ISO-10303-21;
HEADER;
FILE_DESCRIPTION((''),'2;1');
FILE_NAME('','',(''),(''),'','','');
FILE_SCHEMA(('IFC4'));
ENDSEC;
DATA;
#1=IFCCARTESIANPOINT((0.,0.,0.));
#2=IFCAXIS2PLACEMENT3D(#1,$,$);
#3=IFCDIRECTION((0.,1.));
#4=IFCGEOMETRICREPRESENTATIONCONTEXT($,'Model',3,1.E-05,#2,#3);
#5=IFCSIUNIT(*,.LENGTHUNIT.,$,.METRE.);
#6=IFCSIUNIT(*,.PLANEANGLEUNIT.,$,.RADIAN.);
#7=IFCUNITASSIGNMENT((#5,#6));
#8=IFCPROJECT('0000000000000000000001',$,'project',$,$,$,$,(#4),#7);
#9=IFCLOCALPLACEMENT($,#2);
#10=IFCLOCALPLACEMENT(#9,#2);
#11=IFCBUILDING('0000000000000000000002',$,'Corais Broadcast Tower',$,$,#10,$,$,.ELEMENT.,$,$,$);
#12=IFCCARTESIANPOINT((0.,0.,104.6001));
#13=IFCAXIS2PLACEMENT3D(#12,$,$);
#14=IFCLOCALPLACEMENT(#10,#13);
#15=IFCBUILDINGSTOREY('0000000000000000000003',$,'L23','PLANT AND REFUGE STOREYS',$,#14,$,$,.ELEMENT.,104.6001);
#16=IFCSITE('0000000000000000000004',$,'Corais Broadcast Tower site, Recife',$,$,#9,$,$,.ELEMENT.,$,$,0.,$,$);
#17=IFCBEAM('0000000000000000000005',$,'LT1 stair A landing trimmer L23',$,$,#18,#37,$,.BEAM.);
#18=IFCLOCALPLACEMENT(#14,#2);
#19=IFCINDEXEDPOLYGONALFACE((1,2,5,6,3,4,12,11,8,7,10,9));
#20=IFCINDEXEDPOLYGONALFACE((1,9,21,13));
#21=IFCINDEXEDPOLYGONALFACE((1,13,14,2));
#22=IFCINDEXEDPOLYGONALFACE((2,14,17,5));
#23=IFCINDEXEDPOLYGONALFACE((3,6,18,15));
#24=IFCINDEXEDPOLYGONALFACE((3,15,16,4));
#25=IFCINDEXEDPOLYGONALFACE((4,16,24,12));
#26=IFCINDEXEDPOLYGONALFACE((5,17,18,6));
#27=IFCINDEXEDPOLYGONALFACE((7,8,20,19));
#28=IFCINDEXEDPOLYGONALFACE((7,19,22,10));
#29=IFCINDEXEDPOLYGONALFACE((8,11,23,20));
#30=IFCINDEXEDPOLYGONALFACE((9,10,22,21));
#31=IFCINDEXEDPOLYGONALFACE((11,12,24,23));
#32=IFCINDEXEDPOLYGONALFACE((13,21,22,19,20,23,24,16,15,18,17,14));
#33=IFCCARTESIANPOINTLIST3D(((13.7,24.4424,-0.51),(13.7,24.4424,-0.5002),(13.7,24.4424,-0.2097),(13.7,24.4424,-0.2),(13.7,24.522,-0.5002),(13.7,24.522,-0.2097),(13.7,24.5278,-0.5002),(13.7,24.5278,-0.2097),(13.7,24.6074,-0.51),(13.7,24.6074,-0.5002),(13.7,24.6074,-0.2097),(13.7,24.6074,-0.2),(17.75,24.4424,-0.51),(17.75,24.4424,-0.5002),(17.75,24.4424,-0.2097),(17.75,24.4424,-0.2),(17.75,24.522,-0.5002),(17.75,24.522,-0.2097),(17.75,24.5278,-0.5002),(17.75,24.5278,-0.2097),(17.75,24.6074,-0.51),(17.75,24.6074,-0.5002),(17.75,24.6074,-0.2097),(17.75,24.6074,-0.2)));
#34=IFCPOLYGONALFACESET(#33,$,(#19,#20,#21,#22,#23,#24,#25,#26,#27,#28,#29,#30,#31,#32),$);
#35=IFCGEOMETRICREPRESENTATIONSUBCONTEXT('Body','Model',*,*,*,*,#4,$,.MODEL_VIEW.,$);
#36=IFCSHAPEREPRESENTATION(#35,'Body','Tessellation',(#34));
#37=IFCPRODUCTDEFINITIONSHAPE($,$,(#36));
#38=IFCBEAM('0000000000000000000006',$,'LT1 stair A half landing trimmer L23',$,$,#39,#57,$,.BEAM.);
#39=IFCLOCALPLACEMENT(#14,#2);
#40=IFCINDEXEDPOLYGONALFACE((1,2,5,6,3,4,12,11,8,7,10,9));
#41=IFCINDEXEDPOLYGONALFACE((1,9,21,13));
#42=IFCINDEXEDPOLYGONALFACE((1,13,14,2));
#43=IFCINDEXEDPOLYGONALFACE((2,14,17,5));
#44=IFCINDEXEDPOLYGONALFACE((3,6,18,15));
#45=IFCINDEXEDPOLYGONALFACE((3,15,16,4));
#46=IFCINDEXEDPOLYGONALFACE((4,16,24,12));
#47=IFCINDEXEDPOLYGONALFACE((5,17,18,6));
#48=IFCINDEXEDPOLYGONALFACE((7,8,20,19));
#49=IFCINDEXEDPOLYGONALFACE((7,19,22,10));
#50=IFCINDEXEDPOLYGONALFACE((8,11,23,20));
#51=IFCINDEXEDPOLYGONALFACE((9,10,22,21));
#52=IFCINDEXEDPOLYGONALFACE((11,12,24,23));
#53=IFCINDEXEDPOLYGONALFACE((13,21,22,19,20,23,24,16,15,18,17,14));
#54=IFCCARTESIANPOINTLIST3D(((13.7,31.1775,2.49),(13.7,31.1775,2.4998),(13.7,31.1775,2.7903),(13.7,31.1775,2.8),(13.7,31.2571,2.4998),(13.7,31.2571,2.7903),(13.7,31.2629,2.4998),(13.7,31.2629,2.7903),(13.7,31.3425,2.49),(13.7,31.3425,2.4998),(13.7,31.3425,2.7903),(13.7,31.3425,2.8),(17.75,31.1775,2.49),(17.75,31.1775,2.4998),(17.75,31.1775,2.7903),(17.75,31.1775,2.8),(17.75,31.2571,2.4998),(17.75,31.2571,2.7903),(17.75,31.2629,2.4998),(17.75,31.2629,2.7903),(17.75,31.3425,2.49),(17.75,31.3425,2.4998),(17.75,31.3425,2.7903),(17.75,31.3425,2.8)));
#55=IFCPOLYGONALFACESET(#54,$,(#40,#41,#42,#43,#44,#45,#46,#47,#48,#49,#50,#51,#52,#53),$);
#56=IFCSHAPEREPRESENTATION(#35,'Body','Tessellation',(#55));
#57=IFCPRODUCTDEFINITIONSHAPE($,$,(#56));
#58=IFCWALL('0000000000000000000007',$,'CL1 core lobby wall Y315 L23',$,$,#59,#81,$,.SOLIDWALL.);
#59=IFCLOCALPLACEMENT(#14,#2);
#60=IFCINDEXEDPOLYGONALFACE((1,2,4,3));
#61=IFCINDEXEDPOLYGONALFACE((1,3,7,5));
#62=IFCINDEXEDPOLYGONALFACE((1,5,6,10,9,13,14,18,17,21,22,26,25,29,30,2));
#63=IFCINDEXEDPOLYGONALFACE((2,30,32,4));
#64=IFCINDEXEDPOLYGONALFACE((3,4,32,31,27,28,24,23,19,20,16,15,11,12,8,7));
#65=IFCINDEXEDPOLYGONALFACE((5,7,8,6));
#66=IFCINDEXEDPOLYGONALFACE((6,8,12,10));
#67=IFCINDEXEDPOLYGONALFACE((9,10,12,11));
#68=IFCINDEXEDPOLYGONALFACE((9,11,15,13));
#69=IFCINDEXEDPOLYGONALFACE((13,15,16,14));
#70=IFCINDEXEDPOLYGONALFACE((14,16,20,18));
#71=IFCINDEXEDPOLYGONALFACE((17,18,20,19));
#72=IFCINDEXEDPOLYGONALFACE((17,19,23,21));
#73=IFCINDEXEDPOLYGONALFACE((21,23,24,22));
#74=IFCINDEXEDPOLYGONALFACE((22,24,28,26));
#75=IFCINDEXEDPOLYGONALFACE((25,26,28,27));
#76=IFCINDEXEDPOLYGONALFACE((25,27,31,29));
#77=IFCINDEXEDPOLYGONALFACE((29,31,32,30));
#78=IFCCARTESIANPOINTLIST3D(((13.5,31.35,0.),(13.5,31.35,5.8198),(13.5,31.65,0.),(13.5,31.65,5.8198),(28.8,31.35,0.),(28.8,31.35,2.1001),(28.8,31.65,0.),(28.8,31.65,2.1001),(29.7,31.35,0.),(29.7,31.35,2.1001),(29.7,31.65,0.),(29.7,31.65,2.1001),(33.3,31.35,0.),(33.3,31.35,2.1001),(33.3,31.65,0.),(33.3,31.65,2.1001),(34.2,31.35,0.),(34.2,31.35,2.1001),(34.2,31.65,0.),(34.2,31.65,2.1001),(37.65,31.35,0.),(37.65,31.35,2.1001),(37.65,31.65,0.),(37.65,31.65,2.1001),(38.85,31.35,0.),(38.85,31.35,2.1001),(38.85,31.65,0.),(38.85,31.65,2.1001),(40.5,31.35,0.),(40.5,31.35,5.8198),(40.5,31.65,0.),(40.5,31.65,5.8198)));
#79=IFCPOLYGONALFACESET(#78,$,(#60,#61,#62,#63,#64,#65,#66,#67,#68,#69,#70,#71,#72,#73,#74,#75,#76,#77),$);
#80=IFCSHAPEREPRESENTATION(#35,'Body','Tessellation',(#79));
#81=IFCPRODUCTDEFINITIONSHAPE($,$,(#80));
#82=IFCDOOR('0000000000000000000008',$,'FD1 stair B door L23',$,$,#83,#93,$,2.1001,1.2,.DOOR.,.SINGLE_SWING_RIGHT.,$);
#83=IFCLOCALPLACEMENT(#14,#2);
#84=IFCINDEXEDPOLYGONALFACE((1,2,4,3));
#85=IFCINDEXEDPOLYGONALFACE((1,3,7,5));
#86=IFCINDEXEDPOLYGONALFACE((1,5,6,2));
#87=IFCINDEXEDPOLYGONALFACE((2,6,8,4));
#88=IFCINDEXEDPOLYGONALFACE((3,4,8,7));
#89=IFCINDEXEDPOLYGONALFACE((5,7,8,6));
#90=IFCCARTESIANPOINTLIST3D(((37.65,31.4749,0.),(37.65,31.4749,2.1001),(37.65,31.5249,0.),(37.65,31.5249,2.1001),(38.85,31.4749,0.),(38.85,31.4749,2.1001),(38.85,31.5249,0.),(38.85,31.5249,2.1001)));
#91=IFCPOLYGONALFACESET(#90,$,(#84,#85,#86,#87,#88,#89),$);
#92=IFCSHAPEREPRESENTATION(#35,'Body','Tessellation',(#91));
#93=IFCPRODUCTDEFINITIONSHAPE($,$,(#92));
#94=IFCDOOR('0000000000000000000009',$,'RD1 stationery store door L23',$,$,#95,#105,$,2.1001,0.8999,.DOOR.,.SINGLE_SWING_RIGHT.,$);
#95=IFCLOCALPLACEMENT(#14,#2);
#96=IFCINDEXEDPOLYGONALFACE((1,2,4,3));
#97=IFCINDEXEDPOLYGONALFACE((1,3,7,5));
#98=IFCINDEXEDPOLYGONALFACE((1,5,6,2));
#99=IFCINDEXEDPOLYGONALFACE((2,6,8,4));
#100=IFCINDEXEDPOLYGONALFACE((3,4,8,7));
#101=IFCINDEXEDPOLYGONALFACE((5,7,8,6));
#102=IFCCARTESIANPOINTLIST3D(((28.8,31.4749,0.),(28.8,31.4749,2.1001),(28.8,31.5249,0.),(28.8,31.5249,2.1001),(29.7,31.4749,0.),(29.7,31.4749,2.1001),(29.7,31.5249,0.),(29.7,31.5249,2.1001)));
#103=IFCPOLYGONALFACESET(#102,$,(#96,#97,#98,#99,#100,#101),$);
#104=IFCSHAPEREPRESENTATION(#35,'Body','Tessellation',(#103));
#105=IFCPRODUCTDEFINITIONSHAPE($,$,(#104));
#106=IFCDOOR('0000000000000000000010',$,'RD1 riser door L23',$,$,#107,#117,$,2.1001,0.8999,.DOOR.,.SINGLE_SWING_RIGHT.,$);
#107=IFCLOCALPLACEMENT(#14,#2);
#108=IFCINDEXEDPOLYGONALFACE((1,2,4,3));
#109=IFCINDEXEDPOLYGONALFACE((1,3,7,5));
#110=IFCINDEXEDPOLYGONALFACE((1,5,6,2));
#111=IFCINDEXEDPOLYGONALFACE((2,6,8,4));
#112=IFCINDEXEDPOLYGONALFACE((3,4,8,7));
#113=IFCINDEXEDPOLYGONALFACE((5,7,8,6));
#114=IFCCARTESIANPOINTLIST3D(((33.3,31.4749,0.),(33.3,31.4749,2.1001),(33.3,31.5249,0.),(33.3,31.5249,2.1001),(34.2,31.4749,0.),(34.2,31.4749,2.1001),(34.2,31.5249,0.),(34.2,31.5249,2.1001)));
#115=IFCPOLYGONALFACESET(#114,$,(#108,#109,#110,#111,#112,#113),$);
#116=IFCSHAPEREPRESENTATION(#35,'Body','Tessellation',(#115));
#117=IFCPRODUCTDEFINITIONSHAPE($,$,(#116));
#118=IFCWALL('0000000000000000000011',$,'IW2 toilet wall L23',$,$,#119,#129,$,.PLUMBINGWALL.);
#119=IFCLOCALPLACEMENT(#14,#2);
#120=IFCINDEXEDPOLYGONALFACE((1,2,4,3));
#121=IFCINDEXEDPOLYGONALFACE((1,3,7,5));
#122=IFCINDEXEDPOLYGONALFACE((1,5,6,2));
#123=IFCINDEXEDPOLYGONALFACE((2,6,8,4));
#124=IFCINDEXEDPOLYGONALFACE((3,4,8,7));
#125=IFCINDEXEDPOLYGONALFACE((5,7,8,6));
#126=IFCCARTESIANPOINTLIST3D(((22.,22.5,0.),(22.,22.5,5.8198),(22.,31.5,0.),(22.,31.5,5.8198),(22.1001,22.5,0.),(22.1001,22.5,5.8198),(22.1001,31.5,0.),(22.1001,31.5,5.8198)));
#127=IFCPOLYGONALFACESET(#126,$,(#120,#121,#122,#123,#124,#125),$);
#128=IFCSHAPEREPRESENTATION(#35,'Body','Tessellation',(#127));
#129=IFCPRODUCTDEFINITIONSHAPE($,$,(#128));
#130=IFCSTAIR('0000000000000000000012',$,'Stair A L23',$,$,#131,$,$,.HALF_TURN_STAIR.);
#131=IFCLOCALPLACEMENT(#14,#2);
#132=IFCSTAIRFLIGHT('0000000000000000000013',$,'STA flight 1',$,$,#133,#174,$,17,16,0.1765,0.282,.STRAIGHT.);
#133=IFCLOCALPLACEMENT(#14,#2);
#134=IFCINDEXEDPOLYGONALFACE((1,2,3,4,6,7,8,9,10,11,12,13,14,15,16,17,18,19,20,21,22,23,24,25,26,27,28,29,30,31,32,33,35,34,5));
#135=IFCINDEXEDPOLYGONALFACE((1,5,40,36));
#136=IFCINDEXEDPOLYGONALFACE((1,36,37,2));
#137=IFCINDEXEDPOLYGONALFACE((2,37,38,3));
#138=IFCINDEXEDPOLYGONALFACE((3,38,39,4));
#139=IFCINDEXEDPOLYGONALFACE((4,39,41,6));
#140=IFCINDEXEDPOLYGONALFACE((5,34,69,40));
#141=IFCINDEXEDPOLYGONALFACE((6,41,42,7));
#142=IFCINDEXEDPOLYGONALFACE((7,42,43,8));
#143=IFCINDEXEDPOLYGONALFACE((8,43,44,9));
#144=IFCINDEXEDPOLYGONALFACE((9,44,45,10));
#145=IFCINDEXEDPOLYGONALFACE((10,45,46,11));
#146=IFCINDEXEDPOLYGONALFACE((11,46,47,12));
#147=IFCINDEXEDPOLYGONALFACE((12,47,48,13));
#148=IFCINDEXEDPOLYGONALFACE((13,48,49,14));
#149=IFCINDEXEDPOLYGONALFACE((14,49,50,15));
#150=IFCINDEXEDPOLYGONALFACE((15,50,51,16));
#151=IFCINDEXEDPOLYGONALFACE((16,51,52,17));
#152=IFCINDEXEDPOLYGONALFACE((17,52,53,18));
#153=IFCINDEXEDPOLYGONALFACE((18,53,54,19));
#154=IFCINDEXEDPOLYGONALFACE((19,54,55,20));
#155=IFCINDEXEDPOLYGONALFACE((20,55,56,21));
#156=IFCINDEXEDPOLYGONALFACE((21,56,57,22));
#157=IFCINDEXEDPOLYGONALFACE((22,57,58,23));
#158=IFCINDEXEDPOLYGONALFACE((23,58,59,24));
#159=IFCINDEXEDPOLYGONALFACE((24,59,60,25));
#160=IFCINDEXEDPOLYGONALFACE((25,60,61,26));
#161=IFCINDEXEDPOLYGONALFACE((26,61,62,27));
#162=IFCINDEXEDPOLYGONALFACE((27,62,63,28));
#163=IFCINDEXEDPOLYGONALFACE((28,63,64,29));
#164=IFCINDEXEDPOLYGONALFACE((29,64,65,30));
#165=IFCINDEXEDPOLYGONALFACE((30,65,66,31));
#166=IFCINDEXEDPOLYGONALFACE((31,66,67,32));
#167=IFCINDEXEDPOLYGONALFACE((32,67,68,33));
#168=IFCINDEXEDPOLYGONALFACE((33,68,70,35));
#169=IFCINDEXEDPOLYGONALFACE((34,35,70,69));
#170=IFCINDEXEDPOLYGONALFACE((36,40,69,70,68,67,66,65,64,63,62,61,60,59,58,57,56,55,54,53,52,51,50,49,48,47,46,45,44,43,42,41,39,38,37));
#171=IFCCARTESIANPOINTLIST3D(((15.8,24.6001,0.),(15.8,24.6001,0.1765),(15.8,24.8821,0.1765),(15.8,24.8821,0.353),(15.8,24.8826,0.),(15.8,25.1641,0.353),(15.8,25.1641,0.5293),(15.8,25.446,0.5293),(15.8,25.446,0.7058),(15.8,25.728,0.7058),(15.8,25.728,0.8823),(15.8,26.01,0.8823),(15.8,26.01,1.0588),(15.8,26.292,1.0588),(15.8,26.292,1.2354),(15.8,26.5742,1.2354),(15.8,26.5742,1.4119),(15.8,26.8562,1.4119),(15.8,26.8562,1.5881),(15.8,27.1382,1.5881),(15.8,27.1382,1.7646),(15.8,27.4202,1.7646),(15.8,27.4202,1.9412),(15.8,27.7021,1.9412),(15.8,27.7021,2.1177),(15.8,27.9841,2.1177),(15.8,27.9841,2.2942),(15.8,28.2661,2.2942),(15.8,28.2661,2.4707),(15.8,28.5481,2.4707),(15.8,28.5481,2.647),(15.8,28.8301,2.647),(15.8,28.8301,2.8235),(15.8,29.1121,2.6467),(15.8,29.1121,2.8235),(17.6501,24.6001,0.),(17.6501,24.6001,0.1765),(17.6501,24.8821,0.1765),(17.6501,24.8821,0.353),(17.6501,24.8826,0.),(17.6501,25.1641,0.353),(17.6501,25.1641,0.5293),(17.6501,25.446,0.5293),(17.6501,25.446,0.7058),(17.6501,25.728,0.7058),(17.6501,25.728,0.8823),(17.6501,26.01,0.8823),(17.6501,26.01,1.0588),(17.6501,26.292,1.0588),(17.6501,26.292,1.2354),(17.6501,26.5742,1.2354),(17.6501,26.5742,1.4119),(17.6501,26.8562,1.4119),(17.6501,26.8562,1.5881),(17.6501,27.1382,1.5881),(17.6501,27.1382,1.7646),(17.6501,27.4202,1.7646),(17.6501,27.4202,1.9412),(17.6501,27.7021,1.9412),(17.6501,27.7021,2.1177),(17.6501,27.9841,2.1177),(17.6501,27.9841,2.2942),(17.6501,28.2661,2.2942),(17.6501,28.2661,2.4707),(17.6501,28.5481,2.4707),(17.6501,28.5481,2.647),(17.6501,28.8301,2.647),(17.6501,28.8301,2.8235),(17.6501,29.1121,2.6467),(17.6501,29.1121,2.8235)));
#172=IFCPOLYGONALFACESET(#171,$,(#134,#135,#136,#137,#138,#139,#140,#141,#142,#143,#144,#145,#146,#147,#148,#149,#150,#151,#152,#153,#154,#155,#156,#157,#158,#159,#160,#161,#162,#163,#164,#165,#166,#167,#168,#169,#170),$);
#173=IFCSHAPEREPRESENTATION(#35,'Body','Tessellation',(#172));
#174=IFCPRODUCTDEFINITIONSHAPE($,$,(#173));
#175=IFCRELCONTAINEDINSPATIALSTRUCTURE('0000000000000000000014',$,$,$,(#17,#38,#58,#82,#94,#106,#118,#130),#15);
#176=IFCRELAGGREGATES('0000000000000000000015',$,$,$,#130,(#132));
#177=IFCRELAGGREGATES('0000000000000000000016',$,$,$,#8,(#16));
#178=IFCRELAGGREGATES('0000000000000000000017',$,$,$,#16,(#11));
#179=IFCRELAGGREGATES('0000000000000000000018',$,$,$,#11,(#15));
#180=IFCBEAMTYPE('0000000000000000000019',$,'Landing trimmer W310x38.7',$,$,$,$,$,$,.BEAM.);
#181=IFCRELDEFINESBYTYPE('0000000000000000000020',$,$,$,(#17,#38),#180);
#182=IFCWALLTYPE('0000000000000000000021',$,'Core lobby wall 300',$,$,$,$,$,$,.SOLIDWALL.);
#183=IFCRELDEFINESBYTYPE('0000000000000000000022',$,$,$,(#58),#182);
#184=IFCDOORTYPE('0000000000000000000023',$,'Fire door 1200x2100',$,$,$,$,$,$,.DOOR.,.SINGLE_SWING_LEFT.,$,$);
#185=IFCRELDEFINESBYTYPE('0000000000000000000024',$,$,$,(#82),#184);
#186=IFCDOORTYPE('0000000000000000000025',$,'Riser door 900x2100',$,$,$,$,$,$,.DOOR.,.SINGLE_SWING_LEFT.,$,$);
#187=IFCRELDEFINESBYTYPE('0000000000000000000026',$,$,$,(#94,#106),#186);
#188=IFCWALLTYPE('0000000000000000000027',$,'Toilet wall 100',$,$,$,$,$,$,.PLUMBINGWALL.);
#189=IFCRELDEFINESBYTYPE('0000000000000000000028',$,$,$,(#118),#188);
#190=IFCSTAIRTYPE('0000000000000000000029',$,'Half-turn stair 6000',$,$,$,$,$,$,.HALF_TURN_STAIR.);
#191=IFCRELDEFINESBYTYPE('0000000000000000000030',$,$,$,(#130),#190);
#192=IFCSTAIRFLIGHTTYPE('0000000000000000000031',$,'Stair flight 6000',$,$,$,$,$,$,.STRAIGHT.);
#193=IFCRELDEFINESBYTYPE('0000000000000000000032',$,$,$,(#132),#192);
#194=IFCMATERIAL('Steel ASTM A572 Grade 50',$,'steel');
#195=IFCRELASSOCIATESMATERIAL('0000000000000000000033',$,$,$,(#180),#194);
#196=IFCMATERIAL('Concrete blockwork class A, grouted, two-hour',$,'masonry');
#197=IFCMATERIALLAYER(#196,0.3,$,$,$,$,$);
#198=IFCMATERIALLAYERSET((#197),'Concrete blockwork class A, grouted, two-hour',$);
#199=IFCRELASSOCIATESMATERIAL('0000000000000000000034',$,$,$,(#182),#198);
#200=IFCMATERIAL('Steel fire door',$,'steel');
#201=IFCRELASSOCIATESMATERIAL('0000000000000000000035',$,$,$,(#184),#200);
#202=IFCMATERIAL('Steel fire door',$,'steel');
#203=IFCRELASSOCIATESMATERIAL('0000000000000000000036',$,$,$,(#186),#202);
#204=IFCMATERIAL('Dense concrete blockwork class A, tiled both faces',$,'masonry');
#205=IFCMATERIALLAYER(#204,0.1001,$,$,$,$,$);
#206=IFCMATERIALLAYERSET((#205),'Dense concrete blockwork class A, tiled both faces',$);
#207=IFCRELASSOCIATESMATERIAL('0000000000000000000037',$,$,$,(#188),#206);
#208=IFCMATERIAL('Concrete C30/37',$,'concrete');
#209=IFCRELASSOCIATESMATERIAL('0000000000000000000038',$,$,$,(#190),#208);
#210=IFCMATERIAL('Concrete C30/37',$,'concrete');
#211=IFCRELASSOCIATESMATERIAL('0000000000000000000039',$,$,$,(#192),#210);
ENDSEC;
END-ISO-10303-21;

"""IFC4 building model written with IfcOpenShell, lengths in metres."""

from ifc_helpers import new_model, si_unit, direction, frame, frame_2d, origin, origin_2d, place, context, subcontext, project, spatial, polyline, rectangle, i_section, outline, extrude, material, layer, layer_set, material_profile, profile_set, type_object, element, fill, aggregate, save


model = new_model("IFC4")

# Units and contexts
model_context = context("Model", 3, precision=1e-05, world=origin(), true_north=direction((0.0, 1.0)))
body_context = subcontext(model_context, "Body", "Model", "MODEL_VIEW")
ifc_project = project(units=[si_unit("LENGTHUNIT", "METRE"), si_unit("PLANEANGLEUNIT", "RADIAN")], contexts=[model_context])

# Site, building, storey
site_placement = place(None, origin())
site = spatial("IfcSite", under=ifc_project, at=site_placement, Name="Corais Broadcast Tower site, Recife", CompositionType="ELEMENT", RefElevation=0.0)
building_placement = place(site_placement, origin())
building = spatial("IfcBuilding", under=site, at=building_placement, Name="Corais Broadcast Tower", CompositionType="ELEMENT")
storey_placement = place(building_placement, frame((0.0, 0.0, 104.6001)))
storey = spatial("IfcBuildingStorey", under=building, at=storey_placement, Name="L23", Description="PLANT AND REFUGE STOREYS", CompositionType="ELEMENT", Elevation=104.6001)

# Beams
ifc_material_1 = material(Name="Steel ASTM A572 Grade 50", Category="steel")
ifc_material_profile = material_profile(ifc_material_1, i_section(OverallWidth=0.165, OverallDepth=0.3101, WebThickness=0.0059, FlangeThickness=0.0098, at=origin_2d()), Name="W310x38.7")
ifc_profile_set = profile_set([ifc_material_profile], Name="Steel ASTM A572 Grade 50")
beam_type = type_object("IfcBeamType", Name="Landing trimmer W310x38.7", PredefinedType="BEAM", material=ifc_profile_set)
for number, where, z_axis, x_axis, name in (
    (1, (13.7, 24.5249, -0.355), (1.0, 0.0, 0.0), (0.0, 1.0, 0.0), "LT1 stair A landing trimmer L23"),
    (2, (13.7, 31.26, 2.645), (1.0, 0.0, 0.0), (0.0, 1.0, 0.0), "LT1 stair A half landing trimmer L23"),
):
    element("IfcBeam", number, at=place(storey_placement, frame(where, z_axis=z_axis, x_axis=x_axis)), inside=storey, type_object=beam_type, Name=name, PredefinedType="BEAM", context=body_context, shape_type="SweptSolid", body=[
        extrude(i_section(OverallWidth=0.165, OverallDepth=0.3101, WebThickness=0.0059, FlangeThickness=0.0098, at=origin_2d()), origin(), (0.0, 0.0, 1.0), 4.05),
    ])

# Wall, openings, doors
ifc_material_2 = material(Name="Concrete blockwork class A, grouted, two-hour", Category="masonry")
ifc_layer_1 = layer(ifc_material_2, 0.3)
ifc_layer_set_1 = layer_set([ifc_layer_1], Name="Concrete blockwork class A, grouted, two-hour")
wall_type_1 = type_object("IfcWallType", Name="Core lobby wall 300", PredefinedType="SOLIDWALL", material=ifc_layer_set_1)
wall_1_placement = place(storey_placement, frame((13.5, 31.5, 0.0), z_axis=(0.0, 0.0, 1.0), x_axis=(1.0, 0.0, 0.0)))
wall_1 = element("IfcWall", 3, at=wall_1_placement, inside=storey, type_object=wall_type_1, Name="CL1 core lobby wall Y315 L23", PredefinedType="SOLIDWALL", context=body_context, shape_type="SweptSolid", body=[
    extrude(rectangle(XDim=27.0, YDim=0.3, at=frame_2d((13.5, 0.0))), origin(), (0.0, 0.0, 1.0), 5.8198),
])
opening_1_placement = place(wall_1_placement, frame((24.1499, 0.0, 0.0)))
opening_1 = element("IfcOpeningElement", 4, at=opening_1_placement, cuts=wall_1, PredefinedType="OPENING", context=body_context, shape_type="SweptSolid", body=[
    extrude(rectangle(XDim=1.2, YDim=2.1001, at=frame_2d((0.6001, 1.05))), frame((0.0, 0.1599, 0.0), z_axis=(0.0, -1.0, 0.0), x_axis=(1.0, 0.0, 0.0)), (0.0, 0.0, 1.0), 0.3201),
])
opening_2_placement = place(wall_1_placement, frame((15.3, 0.0, 0.0)))
opening_2 = element("IfcOpeningElement", 5, at=opening_2_placement, cuts=wall_1, PredefinedType="OPENING", context=body_context, shape_type="SweptSolid", body=[
    extrude(rectangle(XDim=0.8999, YDim=2.1001, at=frame_2d((0.45, 1.05))), frame((0.0, 0.1599, 0.0), z_axis=(0.0, -1.0, 0.0), x_axis=(1.0, 0.0, 0.0)), (0.0, 0.0, 1.0), 0.3201),
])
opening_3_placement = place(wall_1_placement, frame((19.8, 0.0, 0.0)))
opening_3 = element("IfcOpeningElement", 6, at=opening_3_placement, cuts=wall_1, PredefinedType="OPENING", context=body_context, shape_type="SweptSolid", body=[
    extrude(rectangle(XDim=0.8999, YDim=2.1001, at=frame_2d((0.45, 1.05))), frame((0.0, 0.1599, 0.0), z_axis=(0.0, -1.0, 0.0), x_axis=(1.0, 0.0, 0.0)), (0.0, 0.0, 1.0), 0.3201),
])
ifc_material_3 = material(Name="Steel fire door", Category="steel")
door_type_1 = type_object("IfcDoorType", Name="Fire door 1200x2100", OperationType="SINGLE_SWING_LEFT", PredefinedType="DOOR", material=ifc_material_3)
door_1_placement = place(opening_1_placement, origin())
door_1 = element("IfcDoor", 7, at=door_1_placement, inside=storey, type_object=door_type_1, Name="FD1 stair B door L23", OperationType="SINGLE_SWING_RIGHT", OverallHeight=2.1001, OverallWidth=1.2, PredefinedType="DOOR", context=body_context, shape_type="SweptSolid", body=[
    extrude(rectangle(XDim=1.2, YDim=2.1001, at=frame_2d((0.6001, 1.05))), frame((0.0, 0.0249, 0.0), z_axis=(0.0, -1.0, 0.0), x_axis=(1.0, 0.0, 0.0)), (0.0, 0.0, 1.0), 0.05),
])
fill(opening_1, door_1)
ifc_material_4 = material(Name="Steel fire door", Category="steel")
door_type_2 = type_object("IfcDoorType", Name="Riser door 900x2100", OperationType="SINGLE_SWING_LEFT", PredefinedType="DOOR", material=ifc_material_4)
door_2_placement = place(opening_2_placement, origin())
door_2 = element("IfcDoor", 8, at=door_2_placement, inside=storey, type_object=door_type_2, Name="RD1 stationery store door L23", OperationType="SINGLE_SWING_RIGHT", OverallHeight=2.1001, OverallWidth=0.8999, PredefinedType="DOOR", context=body_context, shape_type="SweptSolid", body=[
    extrude(rectangle(XDim=0.8999, YDim=2.1001, at=frame_2d((0.45, 1.05))), frame((0.0, 0.0249, 0.0), z_axis=(0.0, -1.0, 0.0), x_axis=(1.0, 0.0, 0.0)), (0.0, 0.0, 1.0), 0.05),
])
fill(opening_2, door_2)
door_3_placement = place(opening_3_placement, origin())
door_3 = element("IfcDoor", 9, at=door_3_placement, inside=storey, type_object=door_type_2, Name="RD1 riser door L23", OperationType="SINGLE_SWING_RIGHT", OverallHeight=2.1001, OverallWidth=0.8999, PredefinedType="DOOR", context=body_context, shape_type="SweptSolid", body=[
    extrude(rectangle(XDim=0.8999, YDim=2.1001, at=frame_2d((0.45, 1.05))), frame((0.0, 0.0249, 0.0), z_axis=(0.0, -1.0, 0.0), x_axis=(1.0, 0.0, 0.0)), (0.0, 0.0, 1.0), 0.05),
])
fill(opening_3, door_3)

# Wall
ifc_material_5 = material(Name="Dense concrete blockwork class A, tiled both faces", Category="masonry")
ifc_layer_2 = layer(ifc_material_5, 0.1001)
ifc_layer_set_2 = layer_set([ifc_layer_2], Name="Dense concrete blockwork class A, tiled both faces")
wall_type_2 = type_object("IfcWallType", Name="Toilet wall 100", PredefinedType="PLUMBINGWALL", material=ifc_layer_set_2)
wall_2_placement = place(storey_placement, frame((22.05, 22.5, 0.0), z_axis=(0.0, 0.0, 1.0), x_axis=(0.0, 1.0, 0.0)))
element("IfcWall", 10, at=wall_2_placement, inside=storey, type_object=wall_type_2, Name="IW2 toilet wall L23", PredefinedType="PLUMBINGWALL", context=body_context, shape_type="SweptSolid", body=[
    extrude(rectangle(XDim=9.0, YDim=0.1001, at=frame_2d((4.5, 0.0))), origin(), (0.0, 0.0, 1.0), 5.8198),
])

# Stair, stair flight
ifc_material_6 = material(Name="Concrete C30/37", Category="concrete")
stair_type = type_object("IfcStairType", Name="Half-turn stair 6000", PredefinedType="HALF_TURN_STAIR", material=ifc_material_6)
stair_placement = place(storey_placement, origin())
stair = element("IfcStair", 11, at=stair_placement, inside=storey, type_object=stair_type, Name="Stair A L23", PredefinedType="HALF_TURN_STAIR")
ifc_material_7 = material(Name="Concrete C30/37", Category="concrete")
stair_flight_type = type_object("IfcStairFlightType", Name="Stair flight 6000", PredefinedType="STRAIGHT", material=ifc_material_7)
stair_flight_1_placement = place(storey_placement, frame((16.7251, 24.6001, 0.0), z_axis=(0.0, 0.0, 1.0), x_axis=(0.0, 1.0, 0.0)))
stair_flight_1 = element("IfcStairFlight", 12, at=stair_flight_1_placement, type_object=stair_flight_type, Name="STA flight 1", NumberOfRisers=17, NumberOfTreads=16, PredefinedType="STRAIGHT", RiserHeight=0.1765, TreadLength=0.282, context=body_context, shape_type="SweptSolid", body=[
    extrude(outline(polyline([(0.0, 0.0), (0.0, 0.1765), (0.282, 0.1765), (0.282, 0.353), (0.564, 0.353), (0.564, 0.5293), (0.8459, 0.5293), (0.8459, 0.7058), (1.1279, 0.7058), (1.1279, 0.8823), (1.4099, 0.8823), (1.4099, 1.0588), (1.6919, 1.0588), (1.6919, 1.2354), (1.9741, 1.2354), (1.9741, 1.4119), (2.2561, 1.4119), (2.2561, 1.5881), (2.5381, 1.5881), (2.5381, 1.7646), (2.8201, 1.7646), (2.8201, 1.9412), (3.1021, 1.9412), (3.1021, 2.1177), (3.384, 2.1177), (3.384, 2.2942), (3.666, 2.2942), (3.666, 2.4707), (3.948, 2.4707), (3.948, 2.647), (4.23, 2.647), (4.23, 2.8235), (4.512, 2.8235), (4.512, 3.0), (4.512, 2.6467), (0.2825, 0.0), (0.0, 0.0)])), frame((0.0, 0.925, 0.0), z_axis=(0.0, -1.0, 0.0), x_axis=(1.0, 0.0, 0.0)), (0.0, 0.0, 1.0), 1.8501),
])
aggregate(stair, [stair_flight_1])

save(model, "model.ifc")
